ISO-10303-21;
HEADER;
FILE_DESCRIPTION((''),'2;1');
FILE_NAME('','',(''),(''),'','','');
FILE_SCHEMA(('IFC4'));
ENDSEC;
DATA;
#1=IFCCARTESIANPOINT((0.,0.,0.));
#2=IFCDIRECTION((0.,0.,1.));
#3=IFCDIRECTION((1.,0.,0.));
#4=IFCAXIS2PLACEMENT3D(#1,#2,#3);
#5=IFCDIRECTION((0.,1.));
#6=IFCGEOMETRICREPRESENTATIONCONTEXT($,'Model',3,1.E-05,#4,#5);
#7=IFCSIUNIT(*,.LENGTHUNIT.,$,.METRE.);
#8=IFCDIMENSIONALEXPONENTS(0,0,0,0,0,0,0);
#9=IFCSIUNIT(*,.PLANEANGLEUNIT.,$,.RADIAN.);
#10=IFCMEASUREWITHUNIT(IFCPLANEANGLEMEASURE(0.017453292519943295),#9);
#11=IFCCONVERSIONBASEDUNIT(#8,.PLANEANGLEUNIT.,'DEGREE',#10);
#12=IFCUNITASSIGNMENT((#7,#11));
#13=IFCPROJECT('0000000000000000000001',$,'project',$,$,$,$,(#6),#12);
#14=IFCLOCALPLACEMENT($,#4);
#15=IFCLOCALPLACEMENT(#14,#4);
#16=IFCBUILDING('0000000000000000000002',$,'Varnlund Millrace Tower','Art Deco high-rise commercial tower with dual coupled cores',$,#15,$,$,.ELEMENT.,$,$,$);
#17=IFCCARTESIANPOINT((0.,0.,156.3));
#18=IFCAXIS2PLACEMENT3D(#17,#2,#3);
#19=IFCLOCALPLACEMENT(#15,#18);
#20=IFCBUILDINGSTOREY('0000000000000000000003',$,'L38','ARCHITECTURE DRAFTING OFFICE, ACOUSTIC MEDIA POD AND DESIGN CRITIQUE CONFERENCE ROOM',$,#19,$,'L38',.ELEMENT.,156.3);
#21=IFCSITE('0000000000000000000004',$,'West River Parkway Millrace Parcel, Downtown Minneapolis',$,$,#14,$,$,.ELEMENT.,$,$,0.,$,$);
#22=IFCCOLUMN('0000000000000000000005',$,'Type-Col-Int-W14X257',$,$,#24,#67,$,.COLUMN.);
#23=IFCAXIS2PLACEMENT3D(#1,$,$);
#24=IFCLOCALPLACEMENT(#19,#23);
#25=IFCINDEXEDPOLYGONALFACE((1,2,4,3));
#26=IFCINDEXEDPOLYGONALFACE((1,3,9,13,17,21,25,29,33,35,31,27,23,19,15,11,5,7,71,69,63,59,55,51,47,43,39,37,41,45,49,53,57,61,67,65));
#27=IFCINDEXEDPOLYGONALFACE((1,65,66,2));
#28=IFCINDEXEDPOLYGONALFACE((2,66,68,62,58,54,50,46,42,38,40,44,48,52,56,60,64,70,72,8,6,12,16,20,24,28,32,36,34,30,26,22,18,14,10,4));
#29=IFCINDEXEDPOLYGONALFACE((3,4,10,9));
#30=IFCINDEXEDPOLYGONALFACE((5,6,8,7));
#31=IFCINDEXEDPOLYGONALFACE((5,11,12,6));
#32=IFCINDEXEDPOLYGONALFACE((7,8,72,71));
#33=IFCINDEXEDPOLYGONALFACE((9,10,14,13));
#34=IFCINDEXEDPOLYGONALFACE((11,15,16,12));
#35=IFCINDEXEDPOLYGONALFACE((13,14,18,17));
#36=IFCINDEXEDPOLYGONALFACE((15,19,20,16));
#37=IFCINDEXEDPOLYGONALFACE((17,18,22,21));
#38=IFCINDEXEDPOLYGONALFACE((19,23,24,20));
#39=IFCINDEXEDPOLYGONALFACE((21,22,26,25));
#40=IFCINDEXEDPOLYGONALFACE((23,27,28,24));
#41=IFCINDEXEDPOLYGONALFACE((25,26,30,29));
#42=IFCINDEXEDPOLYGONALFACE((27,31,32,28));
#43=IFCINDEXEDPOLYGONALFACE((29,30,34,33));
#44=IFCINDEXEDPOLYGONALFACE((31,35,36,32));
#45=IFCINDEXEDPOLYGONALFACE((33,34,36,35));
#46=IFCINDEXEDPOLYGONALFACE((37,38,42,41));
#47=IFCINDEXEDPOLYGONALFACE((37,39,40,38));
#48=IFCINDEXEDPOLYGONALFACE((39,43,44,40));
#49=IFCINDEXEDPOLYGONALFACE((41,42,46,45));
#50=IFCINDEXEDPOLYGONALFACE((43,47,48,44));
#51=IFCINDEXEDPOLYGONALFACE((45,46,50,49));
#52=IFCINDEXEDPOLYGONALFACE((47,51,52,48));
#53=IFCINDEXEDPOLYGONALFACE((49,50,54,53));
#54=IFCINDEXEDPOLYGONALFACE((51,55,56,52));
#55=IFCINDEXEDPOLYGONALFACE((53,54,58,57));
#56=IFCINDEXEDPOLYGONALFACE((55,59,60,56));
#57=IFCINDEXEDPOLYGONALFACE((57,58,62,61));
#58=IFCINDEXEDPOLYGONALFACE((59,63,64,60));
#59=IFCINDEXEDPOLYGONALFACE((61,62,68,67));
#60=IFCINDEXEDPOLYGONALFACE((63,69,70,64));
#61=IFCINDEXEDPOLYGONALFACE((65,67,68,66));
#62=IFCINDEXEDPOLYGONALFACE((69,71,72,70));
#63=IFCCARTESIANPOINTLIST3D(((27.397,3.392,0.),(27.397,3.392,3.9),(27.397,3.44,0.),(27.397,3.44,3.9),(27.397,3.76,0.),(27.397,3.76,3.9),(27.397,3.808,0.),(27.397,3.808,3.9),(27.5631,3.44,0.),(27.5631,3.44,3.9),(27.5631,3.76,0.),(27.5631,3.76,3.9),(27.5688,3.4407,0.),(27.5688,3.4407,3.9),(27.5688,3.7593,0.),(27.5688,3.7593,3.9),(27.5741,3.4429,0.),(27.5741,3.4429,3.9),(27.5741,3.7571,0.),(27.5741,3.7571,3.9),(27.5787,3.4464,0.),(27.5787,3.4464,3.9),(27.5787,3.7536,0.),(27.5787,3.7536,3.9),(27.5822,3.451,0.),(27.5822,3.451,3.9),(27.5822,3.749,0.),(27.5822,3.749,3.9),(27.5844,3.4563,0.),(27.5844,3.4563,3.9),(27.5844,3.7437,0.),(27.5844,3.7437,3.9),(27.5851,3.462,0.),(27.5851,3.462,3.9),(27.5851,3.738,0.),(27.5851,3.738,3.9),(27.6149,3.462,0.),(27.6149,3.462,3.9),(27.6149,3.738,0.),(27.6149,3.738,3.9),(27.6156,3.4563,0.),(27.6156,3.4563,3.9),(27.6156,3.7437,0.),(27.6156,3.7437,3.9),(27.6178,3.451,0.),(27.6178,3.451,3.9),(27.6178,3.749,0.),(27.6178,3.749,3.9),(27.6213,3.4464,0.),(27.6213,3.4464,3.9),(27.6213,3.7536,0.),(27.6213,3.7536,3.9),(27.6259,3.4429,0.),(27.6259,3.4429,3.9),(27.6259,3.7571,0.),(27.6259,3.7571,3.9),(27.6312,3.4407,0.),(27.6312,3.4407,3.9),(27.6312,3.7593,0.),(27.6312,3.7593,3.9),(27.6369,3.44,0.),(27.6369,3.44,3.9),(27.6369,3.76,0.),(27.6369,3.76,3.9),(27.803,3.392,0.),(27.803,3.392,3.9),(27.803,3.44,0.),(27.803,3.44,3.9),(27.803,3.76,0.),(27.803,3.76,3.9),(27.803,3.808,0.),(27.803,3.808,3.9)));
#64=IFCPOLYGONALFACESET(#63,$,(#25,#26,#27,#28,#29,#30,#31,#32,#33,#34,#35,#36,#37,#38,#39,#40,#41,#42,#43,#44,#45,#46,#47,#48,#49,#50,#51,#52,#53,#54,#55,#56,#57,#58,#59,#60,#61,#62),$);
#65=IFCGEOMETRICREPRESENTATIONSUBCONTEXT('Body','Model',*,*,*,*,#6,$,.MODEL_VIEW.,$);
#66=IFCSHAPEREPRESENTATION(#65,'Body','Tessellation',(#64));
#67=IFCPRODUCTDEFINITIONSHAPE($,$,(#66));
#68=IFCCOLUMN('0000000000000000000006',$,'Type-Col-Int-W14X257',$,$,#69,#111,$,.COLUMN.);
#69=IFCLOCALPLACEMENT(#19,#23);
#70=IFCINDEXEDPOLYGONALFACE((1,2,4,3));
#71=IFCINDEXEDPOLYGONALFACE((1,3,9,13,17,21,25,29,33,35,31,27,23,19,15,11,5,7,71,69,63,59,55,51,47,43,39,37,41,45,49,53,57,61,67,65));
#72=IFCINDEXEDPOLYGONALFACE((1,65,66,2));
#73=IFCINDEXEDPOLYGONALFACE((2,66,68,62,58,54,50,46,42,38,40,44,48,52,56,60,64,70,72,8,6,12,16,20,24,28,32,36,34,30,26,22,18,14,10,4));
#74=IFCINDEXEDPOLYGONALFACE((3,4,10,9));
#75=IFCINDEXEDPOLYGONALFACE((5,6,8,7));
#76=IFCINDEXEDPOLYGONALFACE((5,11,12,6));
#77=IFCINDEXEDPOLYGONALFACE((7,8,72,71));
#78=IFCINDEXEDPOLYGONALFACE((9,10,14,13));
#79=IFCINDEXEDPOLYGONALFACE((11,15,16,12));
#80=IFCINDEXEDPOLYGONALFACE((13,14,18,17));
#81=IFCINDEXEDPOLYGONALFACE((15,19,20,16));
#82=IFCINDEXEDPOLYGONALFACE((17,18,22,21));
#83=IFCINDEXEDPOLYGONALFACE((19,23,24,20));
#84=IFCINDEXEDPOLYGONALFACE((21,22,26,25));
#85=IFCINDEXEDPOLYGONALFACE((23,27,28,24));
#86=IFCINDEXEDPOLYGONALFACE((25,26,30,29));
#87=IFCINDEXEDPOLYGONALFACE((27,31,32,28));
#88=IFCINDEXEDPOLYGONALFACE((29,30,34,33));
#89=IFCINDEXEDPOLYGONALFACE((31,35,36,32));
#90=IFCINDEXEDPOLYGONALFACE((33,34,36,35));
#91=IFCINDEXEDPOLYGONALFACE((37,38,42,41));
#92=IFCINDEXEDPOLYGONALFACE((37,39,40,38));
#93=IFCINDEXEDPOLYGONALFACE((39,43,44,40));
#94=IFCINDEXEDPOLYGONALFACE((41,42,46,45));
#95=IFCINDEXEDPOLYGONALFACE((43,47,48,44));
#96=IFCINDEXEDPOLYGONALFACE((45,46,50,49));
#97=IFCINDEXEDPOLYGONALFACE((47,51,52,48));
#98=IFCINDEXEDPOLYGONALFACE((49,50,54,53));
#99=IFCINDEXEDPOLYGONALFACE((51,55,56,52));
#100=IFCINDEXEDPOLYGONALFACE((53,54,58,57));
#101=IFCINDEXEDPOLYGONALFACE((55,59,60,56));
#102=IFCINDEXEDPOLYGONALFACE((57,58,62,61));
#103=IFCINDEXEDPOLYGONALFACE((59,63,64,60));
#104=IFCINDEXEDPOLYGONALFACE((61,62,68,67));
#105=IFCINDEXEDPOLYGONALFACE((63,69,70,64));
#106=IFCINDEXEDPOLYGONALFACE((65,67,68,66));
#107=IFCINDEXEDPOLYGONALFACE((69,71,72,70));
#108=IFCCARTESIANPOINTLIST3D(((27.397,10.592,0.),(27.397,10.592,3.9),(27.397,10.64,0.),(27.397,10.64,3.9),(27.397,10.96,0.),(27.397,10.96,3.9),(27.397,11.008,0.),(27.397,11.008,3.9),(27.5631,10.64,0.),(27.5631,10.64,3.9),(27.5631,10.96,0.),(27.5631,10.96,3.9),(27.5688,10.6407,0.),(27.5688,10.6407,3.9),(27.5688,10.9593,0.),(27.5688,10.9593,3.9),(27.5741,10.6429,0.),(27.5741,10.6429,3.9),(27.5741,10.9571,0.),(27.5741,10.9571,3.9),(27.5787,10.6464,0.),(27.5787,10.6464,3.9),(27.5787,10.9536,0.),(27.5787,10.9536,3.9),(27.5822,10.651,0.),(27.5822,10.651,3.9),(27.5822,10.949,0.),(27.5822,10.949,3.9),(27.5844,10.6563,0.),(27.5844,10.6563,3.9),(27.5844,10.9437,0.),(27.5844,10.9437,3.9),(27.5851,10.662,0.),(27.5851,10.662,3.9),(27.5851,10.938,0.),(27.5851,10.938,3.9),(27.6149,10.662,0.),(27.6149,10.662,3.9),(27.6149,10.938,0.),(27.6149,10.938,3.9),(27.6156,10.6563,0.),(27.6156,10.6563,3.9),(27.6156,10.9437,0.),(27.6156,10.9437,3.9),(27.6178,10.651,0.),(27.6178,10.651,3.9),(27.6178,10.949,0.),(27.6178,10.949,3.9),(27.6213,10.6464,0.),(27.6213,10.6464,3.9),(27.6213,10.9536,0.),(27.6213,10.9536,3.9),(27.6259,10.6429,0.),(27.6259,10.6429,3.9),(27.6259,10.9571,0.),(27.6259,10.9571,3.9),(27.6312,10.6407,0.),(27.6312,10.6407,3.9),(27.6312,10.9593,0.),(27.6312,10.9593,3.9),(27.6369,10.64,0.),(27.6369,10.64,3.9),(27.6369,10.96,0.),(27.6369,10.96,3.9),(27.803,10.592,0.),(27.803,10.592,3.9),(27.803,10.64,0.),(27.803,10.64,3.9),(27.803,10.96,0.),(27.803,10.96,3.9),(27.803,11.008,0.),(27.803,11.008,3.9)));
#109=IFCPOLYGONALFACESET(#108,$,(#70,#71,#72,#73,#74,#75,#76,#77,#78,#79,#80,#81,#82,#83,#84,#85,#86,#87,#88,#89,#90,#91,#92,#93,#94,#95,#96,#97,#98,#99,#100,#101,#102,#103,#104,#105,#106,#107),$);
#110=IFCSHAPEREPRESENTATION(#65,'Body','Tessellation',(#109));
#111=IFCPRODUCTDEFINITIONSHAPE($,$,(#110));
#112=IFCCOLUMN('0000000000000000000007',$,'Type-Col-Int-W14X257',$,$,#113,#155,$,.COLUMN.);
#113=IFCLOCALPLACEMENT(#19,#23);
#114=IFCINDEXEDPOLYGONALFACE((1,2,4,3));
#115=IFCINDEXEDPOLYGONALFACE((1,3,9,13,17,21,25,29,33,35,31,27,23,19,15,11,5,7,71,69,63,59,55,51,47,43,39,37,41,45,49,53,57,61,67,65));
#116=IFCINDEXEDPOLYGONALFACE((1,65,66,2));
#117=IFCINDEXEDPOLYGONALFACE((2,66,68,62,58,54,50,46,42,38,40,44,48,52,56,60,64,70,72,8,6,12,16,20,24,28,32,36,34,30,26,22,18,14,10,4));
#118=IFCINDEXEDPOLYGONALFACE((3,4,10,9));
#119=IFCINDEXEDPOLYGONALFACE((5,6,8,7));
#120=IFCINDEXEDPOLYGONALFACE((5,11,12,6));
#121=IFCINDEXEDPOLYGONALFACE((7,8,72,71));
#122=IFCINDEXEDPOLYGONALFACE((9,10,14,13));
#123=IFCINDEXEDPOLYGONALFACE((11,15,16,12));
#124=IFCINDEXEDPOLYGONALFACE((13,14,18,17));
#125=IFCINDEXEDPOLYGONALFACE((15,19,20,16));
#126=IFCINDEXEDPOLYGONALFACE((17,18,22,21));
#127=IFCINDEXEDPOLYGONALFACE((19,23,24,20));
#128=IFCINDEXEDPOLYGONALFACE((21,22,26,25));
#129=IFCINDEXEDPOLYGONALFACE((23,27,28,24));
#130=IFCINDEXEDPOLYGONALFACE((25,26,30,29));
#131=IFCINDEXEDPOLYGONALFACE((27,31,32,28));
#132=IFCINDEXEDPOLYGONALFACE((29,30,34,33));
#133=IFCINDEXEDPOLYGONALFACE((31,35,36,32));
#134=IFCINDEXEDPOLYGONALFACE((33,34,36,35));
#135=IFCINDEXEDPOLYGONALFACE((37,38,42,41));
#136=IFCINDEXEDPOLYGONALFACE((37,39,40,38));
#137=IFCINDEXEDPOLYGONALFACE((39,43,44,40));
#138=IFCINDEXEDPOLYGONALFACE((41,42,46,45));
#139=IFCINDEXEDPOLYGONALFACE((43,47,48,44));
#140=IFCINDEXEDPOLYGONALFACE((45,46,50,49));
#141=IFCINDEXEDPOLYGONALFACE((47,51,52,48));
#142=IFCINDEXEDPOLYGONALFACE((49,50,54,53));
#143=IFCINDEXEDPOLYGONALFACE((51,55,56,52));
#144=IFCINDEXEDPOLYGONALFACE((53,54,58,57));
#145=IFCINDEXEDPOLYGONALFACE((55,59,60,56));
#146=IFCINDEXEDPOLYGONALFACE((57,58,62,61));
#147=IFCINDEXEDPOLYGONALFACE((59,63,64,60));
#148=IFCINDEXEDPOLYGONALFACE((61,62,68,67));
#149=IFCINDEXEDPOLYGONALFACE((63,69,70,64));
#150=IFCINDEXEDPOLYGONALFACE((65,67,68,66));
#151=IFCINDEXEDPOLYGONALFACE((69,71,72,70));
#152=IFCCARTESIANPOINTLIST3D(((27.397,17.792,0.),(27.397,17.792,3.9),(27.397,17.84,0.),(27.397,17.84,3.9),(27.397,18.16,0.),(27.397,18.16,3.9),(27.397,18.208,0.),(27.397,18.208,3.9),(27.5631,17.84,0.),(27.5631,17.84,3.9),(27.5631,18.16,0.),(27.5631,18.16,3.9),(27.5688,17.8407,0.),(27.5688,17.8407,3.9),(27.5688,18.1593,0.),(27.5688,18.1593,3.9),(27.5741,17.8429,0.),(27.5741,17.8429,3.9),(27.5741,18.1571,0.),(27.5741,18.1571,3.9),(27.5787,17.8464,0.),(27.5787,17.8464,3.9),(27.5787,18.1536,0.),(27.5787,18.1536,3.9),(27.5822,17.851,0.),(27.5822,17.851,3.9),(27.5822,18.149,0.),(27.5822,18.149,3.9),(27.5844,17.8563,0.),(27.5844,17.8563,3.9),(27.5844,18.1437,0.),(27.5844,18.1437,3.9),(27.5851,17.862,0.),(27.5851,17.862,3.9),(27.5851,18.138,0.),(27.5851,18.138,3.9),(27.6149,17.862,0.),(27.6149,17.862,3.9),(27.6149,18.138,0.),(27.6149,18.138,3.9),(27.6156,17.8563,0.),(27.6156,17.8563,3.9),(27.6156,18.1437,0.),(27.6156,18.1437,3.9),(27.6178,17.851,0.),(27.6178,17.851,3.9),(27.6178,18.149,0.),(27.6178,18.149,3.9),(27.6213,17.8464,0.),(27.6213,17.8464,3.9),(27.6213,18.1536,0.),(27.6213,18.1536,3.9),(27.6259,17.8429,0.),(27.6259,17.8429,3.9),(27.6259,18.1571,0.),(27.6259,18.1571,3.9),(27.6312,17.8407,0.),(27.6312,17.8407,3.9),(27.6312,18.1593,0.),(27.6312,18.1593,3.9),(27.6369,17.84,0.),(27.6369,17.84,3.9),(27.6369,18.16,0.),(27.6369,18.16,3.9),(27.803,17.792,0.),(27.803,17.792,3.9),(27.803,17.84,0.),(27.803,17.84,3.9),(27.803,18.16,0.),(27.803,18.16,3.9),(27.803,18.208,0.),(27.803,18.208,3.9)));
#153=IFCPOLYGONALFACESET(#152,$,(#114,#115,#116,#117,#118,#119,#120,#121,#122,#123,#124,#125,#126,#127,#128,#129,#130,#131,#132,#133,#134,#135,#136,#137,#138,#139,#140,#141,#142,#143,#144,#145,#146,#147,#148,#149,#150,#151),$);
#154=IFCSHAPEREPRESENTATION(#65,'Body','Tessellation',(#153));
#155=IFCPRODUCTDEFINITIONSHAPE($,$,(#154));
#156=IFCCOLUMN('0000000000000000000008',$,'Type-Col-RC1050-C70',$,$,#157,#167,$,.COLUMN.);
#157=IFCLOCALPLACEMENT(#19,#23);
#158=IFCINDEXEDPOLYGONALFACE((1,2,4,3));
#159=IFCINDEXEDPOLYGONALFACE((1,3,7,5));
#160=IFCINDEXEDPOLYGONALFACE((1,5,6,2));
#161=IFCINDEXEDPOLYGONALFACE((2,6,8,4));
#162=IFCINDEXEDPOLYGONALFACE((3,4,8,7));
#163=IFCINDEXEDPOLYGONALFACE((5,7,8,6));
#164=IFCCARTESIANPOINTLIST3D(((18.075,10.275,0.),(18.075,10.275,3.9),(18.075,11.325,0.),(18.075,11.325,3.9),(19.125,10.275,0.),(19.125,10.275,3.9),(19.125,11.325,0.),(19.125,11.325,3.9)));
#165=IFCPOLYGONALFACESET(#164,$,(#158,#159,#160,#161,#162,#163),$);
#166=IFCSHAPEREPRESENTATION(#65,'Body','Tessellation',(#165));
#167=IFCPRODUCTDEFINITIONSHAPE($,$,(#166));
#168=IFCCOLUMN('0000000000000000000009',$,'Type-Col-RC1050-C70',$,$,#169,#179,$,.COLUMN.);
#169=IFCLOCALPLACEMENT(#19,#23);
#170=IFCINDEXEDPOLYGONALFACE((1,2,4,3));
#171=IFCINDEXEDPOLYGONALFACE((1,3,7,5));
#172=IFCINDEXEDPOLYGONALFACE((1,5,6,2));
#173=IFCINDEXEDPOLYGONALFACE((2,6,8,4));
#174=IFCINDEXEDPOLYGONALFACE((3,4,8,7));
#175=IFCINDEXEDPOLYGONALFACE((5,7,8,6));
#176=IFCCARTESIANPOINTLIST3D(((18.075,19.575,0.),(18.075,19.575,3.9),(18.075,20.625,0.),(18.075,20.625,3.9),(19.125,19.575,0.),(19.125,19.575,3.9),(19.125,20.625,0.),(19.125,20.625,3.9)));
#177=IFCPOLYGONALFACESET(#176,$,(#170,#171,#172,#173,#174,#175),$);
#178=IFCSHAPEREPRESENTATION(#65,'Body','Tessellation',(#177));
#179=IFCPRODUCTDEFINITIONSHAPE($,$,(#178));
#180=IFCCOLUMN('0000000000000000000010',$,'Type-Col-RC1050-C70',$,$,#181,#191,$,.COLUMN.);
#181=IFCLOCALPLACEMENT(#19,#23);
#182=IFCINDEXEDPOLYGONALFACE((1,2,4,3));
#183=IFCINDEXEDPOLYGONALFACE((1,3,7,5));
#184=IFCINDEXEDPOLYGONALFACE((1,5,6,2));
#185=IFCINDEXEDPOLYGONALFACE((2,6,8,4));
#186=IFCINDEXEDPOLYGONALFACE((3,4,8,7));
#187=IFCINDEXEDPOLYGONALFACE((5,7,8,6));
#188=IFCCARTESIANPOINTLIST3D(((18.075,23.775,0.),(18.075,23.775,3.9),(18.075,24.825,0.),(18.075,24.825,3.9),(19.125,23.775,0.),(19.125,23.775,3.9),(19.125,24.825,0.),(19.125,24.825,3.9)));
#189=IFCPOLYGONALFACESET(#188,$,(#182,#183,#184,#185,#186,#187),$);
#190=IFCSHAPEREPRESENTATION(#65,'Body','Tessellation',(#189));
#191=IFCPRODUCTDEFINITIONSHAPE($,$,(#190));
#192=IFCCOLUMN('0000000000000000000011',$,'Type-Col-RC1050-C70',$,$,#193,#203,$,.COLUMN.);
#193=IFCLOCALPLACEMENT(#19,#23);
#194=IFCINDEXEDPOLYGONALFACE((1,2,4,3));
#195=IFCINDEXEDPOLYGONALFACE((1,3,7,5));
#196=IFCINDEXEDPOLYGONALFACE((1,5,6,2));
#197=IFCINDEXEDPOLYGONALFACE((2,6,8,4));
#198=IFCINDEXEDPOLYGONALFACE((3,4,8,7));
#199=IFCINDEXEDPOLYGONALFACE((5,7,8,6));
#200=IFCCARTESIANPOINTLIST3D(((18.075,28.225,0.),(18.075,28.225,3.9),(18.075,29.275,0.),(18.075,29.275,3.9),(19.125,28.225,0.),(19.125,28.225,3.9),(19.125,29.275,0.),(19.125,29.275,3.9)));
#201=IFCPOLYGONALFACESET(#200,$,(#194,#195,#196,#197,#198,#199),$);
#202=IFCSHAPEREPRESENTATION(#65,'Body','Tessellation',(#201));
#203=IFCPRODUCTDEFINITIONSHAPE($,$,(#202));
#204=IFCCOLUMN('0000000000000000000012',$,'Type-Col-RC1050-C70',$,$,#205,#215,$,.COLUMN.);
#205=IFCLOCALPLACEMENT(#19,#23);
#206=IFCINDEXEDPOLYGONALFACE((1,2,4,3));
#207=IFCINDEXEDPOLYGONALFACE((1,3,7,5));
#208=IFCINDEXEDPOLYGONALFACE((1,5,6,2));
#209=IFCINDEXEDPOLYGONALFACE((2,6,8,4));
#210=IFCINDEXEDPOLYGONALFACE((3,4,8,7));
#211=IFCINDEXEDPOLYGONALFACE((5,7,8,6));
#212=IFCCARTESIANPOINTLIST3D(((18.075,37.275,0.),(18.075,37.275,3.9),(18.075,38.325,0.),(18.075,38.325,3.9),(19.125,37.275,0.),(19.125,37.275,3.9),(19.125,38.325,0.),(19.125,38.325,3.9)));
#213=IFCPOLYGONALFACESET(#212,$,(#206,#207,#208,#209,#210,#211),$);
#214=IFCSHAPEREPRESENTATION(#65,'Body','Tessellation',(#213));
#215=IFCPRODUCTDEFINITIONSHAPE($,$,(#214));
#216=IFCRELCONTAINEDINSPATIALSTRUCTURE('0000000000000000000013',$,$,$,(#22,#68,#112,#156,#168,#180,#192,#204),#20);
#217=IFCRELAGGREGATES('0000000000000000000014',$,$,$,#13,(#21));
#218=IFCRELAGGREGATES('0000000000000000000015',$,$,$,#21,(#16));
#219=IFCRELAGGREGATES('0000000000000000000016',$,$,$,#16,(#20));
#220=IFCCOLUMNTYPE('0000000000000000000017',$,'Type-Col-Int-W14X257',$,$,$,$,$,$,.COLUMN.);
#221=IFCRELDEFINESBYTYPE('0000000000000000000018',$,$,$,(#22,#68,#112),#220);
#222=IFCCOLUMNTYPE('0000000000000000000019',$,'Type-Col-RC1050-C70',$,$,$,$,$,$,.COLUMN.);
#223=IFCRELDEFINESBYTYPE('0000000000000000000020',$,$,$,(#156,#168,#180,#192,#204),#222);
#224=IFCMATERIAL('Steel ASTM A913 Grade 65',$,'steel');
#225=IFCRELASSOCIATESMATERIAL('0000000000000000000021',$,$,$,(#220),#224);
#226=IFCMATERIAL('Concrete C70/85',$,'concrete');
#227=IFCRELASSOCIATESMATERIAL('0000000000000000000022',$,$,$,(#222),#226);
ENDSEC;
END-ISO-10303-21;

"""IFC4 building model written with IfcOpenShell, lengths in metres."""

from ifc_helpers import new_model, entity, si_unit, converted_unit, direction, frame, origin_with_axes, origin_2d_with_axis, place, context, subcontext, project, spatial, rectangle, i_section, extrude, material, material_profile, profile_set, type_object, element, save


model = new_model("IFC4")

# Units and contexts
model_context = context("Model", 3, precision=1e-05, world=origin_with_axes(), true_north=direction((0.0, 1.0)))
body_context = subcontext(model_context, "Body", "Model", "MODEL_VIEW")
ifc_project = project(units=[si_unit("LENGTHUNIT", "METRE"), converted_unit("PLANEANGLEUNIT", "DEGREE", entity("IfcPlaneAngleMeasure", 0.017453292519943295), si_unit("PLANEANGLEUNIT", "RADIAN"), dimensions=[0, 0, 0, 0, 0, 0, 0])], contexts=[model_context])

# Site, building, storey
site_placement = place(None, origin_with_axes())
site = spatial("IfcSite", under=ifc_project, at=site_placement, Name="West River Parkway Millrace Parcel, Downtown Minneapolis", CompositionType="ELEMENT", RefElevation=0.0)
building_placement = place(site_placement, origin_with_axes())
building = spatial("IfcBuilding", under=site, at=building_placement, Name="Varnlund Millrace Tower", Description="Art Deco high-rise commercial tower with dual coupled cores", CompositionType="ELEMENT")
storey_placement = place(building_placement, frame((0.0, 0.0, 156.3), z_axis=(0.0, 0.0, 1.0), x_axis=(1.0, 0.0, 0.0)))
storey = spatial("IfcBuildingStorey", under=building, at=storey_placement, Name="L38", Description="ARCHITECTURE DRAFTING OFFICE, ACOUSTIC MEDIA POD AND DESIGN CRITIQUE CONFERENCE ROOM", LongName="L38", CompositionType="ELEMENT", Elevation=156.3)

# Columns
ifc_material_1 = material(Name="Steel ASTM A913 Grade 65", Category="steel")
ifc_material_profile_1 = material_profile(ifc_material_1, i_section(OverallWidth=0.406, OverallDepth=0.416, WebThickness=0.0298, FlangeThickness=0.048, FilletRadius=0.022, at=origin_2d_with_axis()), Name="Steel ASTM A913 Grade 65")
ifc_profile_set_1 = profile_set([ifc_material_profile_1], Name="Steel ASTM A913 Grade 65")
column_type_1 = type_object("IfcColumnType", Name="Type-Col-Int-W14X257", PredefinedType="COLUMN", material=ifc_profile_set_1)
for number, where, z_axis, x_axis, name in (
    (1, (27.6, 3.6, 0.0), (0.0, 0.0, 1.0), (1.0, 0.0, 0.0), "Type-Col-Int-W14X257"),
    (2, (27.6, 10.8, 0.0), (0.0, 0.0, 1.0), (1.0, 0.0, 0.0), "Type-Col-Int-W14X257"),
    (3, (27.6, 18.0, 0.0), (0.0, 0.0, 1.0), (1.0, 0.0, 0.0), "Type-Col-Int-W14X257"),
):
    element("IfcColumn", number, at=place(storey_placement, frame(where, z_axis=z_axis, x_axis=x_axis)), inside=storey, type_object=column_type_1, Name=name, PredefinedType="COLUMN", context=body_context, shape_type="SweptSolid", body=[
        extrude(i_section(OverallWidth=0.406, OverallDepth=0.416, WebThickness=0.0298, FlangeThickness=0.048, FilletRadius=0.022, at=origin_2d_with_axis()), origin_with_axes(), (0.0, 0.0, 1.0), 3.9),
    ])
ifc_material_2 = material(Name="Concrete C70/85", Category="concrete")
ifc_material_profile_2 = material_profile(ifc_material_2, rectangle(XDim=1.05, YDim=1.05, at=origin_2d_with_axis()), Name="Concrete C70/85")
ifc_profile_set_2 = profile_set([ifc_material_profile_2], Name="Concrete C70/85")
column_type_2 = type_object("IfcColumnType", Name="Type-Col-RC1050-C70", PredefinedType="COLUMN", material=ifc_profile_set_2)
for number, where, z_axis, x_axis, name in (
    (4, (18.6, 10.8, 0.0), (0.0, 0.0, 1.0), (1.0, 0.0, 0.0), "Type-Col-RC1050-C70"),
    (5, (18.6, 20.1, 0.0), (0.0, 0.0, 1.0), (1.0, 0.0, 0.0), "Type-Col-RC1050-C70"),
    (6, (18.6, 24.3, 0.0), (0.0, 0.0, 1.0), (1.0, 0.0, 0.0), "Type-Col-RC1050-C70"),
    (7, (18.6, 28.75, 0.0), (0.0, 0.0, 1.0), (1.0, 0.0, 0.0), "Type-Col-RC1050-C70"),
    (8, (18.6, 37.8, 0.0), (0.0, 0.0, 1.0), (1.0, 0.0, 0.0), "Type-Col-RC1050-C70"),
):
    element("IfcColumn", number, at=place(storey_placement, frame(where, z_axis=z_axis, x_axis=x_axis)), inside=storey, type_object=column_type_2, Name=name, PredefinedType="COLUMN", context=body_context, shape_type="SweptSolid", body=[
        extrude(rectangle(XDim=1.05, YDim=1.05, at=origin_2d_with_axis()), origin_with_axes(), (0.0, 0.0, 1.0), 3.9),
    ])

save(model, "model.ifc")
